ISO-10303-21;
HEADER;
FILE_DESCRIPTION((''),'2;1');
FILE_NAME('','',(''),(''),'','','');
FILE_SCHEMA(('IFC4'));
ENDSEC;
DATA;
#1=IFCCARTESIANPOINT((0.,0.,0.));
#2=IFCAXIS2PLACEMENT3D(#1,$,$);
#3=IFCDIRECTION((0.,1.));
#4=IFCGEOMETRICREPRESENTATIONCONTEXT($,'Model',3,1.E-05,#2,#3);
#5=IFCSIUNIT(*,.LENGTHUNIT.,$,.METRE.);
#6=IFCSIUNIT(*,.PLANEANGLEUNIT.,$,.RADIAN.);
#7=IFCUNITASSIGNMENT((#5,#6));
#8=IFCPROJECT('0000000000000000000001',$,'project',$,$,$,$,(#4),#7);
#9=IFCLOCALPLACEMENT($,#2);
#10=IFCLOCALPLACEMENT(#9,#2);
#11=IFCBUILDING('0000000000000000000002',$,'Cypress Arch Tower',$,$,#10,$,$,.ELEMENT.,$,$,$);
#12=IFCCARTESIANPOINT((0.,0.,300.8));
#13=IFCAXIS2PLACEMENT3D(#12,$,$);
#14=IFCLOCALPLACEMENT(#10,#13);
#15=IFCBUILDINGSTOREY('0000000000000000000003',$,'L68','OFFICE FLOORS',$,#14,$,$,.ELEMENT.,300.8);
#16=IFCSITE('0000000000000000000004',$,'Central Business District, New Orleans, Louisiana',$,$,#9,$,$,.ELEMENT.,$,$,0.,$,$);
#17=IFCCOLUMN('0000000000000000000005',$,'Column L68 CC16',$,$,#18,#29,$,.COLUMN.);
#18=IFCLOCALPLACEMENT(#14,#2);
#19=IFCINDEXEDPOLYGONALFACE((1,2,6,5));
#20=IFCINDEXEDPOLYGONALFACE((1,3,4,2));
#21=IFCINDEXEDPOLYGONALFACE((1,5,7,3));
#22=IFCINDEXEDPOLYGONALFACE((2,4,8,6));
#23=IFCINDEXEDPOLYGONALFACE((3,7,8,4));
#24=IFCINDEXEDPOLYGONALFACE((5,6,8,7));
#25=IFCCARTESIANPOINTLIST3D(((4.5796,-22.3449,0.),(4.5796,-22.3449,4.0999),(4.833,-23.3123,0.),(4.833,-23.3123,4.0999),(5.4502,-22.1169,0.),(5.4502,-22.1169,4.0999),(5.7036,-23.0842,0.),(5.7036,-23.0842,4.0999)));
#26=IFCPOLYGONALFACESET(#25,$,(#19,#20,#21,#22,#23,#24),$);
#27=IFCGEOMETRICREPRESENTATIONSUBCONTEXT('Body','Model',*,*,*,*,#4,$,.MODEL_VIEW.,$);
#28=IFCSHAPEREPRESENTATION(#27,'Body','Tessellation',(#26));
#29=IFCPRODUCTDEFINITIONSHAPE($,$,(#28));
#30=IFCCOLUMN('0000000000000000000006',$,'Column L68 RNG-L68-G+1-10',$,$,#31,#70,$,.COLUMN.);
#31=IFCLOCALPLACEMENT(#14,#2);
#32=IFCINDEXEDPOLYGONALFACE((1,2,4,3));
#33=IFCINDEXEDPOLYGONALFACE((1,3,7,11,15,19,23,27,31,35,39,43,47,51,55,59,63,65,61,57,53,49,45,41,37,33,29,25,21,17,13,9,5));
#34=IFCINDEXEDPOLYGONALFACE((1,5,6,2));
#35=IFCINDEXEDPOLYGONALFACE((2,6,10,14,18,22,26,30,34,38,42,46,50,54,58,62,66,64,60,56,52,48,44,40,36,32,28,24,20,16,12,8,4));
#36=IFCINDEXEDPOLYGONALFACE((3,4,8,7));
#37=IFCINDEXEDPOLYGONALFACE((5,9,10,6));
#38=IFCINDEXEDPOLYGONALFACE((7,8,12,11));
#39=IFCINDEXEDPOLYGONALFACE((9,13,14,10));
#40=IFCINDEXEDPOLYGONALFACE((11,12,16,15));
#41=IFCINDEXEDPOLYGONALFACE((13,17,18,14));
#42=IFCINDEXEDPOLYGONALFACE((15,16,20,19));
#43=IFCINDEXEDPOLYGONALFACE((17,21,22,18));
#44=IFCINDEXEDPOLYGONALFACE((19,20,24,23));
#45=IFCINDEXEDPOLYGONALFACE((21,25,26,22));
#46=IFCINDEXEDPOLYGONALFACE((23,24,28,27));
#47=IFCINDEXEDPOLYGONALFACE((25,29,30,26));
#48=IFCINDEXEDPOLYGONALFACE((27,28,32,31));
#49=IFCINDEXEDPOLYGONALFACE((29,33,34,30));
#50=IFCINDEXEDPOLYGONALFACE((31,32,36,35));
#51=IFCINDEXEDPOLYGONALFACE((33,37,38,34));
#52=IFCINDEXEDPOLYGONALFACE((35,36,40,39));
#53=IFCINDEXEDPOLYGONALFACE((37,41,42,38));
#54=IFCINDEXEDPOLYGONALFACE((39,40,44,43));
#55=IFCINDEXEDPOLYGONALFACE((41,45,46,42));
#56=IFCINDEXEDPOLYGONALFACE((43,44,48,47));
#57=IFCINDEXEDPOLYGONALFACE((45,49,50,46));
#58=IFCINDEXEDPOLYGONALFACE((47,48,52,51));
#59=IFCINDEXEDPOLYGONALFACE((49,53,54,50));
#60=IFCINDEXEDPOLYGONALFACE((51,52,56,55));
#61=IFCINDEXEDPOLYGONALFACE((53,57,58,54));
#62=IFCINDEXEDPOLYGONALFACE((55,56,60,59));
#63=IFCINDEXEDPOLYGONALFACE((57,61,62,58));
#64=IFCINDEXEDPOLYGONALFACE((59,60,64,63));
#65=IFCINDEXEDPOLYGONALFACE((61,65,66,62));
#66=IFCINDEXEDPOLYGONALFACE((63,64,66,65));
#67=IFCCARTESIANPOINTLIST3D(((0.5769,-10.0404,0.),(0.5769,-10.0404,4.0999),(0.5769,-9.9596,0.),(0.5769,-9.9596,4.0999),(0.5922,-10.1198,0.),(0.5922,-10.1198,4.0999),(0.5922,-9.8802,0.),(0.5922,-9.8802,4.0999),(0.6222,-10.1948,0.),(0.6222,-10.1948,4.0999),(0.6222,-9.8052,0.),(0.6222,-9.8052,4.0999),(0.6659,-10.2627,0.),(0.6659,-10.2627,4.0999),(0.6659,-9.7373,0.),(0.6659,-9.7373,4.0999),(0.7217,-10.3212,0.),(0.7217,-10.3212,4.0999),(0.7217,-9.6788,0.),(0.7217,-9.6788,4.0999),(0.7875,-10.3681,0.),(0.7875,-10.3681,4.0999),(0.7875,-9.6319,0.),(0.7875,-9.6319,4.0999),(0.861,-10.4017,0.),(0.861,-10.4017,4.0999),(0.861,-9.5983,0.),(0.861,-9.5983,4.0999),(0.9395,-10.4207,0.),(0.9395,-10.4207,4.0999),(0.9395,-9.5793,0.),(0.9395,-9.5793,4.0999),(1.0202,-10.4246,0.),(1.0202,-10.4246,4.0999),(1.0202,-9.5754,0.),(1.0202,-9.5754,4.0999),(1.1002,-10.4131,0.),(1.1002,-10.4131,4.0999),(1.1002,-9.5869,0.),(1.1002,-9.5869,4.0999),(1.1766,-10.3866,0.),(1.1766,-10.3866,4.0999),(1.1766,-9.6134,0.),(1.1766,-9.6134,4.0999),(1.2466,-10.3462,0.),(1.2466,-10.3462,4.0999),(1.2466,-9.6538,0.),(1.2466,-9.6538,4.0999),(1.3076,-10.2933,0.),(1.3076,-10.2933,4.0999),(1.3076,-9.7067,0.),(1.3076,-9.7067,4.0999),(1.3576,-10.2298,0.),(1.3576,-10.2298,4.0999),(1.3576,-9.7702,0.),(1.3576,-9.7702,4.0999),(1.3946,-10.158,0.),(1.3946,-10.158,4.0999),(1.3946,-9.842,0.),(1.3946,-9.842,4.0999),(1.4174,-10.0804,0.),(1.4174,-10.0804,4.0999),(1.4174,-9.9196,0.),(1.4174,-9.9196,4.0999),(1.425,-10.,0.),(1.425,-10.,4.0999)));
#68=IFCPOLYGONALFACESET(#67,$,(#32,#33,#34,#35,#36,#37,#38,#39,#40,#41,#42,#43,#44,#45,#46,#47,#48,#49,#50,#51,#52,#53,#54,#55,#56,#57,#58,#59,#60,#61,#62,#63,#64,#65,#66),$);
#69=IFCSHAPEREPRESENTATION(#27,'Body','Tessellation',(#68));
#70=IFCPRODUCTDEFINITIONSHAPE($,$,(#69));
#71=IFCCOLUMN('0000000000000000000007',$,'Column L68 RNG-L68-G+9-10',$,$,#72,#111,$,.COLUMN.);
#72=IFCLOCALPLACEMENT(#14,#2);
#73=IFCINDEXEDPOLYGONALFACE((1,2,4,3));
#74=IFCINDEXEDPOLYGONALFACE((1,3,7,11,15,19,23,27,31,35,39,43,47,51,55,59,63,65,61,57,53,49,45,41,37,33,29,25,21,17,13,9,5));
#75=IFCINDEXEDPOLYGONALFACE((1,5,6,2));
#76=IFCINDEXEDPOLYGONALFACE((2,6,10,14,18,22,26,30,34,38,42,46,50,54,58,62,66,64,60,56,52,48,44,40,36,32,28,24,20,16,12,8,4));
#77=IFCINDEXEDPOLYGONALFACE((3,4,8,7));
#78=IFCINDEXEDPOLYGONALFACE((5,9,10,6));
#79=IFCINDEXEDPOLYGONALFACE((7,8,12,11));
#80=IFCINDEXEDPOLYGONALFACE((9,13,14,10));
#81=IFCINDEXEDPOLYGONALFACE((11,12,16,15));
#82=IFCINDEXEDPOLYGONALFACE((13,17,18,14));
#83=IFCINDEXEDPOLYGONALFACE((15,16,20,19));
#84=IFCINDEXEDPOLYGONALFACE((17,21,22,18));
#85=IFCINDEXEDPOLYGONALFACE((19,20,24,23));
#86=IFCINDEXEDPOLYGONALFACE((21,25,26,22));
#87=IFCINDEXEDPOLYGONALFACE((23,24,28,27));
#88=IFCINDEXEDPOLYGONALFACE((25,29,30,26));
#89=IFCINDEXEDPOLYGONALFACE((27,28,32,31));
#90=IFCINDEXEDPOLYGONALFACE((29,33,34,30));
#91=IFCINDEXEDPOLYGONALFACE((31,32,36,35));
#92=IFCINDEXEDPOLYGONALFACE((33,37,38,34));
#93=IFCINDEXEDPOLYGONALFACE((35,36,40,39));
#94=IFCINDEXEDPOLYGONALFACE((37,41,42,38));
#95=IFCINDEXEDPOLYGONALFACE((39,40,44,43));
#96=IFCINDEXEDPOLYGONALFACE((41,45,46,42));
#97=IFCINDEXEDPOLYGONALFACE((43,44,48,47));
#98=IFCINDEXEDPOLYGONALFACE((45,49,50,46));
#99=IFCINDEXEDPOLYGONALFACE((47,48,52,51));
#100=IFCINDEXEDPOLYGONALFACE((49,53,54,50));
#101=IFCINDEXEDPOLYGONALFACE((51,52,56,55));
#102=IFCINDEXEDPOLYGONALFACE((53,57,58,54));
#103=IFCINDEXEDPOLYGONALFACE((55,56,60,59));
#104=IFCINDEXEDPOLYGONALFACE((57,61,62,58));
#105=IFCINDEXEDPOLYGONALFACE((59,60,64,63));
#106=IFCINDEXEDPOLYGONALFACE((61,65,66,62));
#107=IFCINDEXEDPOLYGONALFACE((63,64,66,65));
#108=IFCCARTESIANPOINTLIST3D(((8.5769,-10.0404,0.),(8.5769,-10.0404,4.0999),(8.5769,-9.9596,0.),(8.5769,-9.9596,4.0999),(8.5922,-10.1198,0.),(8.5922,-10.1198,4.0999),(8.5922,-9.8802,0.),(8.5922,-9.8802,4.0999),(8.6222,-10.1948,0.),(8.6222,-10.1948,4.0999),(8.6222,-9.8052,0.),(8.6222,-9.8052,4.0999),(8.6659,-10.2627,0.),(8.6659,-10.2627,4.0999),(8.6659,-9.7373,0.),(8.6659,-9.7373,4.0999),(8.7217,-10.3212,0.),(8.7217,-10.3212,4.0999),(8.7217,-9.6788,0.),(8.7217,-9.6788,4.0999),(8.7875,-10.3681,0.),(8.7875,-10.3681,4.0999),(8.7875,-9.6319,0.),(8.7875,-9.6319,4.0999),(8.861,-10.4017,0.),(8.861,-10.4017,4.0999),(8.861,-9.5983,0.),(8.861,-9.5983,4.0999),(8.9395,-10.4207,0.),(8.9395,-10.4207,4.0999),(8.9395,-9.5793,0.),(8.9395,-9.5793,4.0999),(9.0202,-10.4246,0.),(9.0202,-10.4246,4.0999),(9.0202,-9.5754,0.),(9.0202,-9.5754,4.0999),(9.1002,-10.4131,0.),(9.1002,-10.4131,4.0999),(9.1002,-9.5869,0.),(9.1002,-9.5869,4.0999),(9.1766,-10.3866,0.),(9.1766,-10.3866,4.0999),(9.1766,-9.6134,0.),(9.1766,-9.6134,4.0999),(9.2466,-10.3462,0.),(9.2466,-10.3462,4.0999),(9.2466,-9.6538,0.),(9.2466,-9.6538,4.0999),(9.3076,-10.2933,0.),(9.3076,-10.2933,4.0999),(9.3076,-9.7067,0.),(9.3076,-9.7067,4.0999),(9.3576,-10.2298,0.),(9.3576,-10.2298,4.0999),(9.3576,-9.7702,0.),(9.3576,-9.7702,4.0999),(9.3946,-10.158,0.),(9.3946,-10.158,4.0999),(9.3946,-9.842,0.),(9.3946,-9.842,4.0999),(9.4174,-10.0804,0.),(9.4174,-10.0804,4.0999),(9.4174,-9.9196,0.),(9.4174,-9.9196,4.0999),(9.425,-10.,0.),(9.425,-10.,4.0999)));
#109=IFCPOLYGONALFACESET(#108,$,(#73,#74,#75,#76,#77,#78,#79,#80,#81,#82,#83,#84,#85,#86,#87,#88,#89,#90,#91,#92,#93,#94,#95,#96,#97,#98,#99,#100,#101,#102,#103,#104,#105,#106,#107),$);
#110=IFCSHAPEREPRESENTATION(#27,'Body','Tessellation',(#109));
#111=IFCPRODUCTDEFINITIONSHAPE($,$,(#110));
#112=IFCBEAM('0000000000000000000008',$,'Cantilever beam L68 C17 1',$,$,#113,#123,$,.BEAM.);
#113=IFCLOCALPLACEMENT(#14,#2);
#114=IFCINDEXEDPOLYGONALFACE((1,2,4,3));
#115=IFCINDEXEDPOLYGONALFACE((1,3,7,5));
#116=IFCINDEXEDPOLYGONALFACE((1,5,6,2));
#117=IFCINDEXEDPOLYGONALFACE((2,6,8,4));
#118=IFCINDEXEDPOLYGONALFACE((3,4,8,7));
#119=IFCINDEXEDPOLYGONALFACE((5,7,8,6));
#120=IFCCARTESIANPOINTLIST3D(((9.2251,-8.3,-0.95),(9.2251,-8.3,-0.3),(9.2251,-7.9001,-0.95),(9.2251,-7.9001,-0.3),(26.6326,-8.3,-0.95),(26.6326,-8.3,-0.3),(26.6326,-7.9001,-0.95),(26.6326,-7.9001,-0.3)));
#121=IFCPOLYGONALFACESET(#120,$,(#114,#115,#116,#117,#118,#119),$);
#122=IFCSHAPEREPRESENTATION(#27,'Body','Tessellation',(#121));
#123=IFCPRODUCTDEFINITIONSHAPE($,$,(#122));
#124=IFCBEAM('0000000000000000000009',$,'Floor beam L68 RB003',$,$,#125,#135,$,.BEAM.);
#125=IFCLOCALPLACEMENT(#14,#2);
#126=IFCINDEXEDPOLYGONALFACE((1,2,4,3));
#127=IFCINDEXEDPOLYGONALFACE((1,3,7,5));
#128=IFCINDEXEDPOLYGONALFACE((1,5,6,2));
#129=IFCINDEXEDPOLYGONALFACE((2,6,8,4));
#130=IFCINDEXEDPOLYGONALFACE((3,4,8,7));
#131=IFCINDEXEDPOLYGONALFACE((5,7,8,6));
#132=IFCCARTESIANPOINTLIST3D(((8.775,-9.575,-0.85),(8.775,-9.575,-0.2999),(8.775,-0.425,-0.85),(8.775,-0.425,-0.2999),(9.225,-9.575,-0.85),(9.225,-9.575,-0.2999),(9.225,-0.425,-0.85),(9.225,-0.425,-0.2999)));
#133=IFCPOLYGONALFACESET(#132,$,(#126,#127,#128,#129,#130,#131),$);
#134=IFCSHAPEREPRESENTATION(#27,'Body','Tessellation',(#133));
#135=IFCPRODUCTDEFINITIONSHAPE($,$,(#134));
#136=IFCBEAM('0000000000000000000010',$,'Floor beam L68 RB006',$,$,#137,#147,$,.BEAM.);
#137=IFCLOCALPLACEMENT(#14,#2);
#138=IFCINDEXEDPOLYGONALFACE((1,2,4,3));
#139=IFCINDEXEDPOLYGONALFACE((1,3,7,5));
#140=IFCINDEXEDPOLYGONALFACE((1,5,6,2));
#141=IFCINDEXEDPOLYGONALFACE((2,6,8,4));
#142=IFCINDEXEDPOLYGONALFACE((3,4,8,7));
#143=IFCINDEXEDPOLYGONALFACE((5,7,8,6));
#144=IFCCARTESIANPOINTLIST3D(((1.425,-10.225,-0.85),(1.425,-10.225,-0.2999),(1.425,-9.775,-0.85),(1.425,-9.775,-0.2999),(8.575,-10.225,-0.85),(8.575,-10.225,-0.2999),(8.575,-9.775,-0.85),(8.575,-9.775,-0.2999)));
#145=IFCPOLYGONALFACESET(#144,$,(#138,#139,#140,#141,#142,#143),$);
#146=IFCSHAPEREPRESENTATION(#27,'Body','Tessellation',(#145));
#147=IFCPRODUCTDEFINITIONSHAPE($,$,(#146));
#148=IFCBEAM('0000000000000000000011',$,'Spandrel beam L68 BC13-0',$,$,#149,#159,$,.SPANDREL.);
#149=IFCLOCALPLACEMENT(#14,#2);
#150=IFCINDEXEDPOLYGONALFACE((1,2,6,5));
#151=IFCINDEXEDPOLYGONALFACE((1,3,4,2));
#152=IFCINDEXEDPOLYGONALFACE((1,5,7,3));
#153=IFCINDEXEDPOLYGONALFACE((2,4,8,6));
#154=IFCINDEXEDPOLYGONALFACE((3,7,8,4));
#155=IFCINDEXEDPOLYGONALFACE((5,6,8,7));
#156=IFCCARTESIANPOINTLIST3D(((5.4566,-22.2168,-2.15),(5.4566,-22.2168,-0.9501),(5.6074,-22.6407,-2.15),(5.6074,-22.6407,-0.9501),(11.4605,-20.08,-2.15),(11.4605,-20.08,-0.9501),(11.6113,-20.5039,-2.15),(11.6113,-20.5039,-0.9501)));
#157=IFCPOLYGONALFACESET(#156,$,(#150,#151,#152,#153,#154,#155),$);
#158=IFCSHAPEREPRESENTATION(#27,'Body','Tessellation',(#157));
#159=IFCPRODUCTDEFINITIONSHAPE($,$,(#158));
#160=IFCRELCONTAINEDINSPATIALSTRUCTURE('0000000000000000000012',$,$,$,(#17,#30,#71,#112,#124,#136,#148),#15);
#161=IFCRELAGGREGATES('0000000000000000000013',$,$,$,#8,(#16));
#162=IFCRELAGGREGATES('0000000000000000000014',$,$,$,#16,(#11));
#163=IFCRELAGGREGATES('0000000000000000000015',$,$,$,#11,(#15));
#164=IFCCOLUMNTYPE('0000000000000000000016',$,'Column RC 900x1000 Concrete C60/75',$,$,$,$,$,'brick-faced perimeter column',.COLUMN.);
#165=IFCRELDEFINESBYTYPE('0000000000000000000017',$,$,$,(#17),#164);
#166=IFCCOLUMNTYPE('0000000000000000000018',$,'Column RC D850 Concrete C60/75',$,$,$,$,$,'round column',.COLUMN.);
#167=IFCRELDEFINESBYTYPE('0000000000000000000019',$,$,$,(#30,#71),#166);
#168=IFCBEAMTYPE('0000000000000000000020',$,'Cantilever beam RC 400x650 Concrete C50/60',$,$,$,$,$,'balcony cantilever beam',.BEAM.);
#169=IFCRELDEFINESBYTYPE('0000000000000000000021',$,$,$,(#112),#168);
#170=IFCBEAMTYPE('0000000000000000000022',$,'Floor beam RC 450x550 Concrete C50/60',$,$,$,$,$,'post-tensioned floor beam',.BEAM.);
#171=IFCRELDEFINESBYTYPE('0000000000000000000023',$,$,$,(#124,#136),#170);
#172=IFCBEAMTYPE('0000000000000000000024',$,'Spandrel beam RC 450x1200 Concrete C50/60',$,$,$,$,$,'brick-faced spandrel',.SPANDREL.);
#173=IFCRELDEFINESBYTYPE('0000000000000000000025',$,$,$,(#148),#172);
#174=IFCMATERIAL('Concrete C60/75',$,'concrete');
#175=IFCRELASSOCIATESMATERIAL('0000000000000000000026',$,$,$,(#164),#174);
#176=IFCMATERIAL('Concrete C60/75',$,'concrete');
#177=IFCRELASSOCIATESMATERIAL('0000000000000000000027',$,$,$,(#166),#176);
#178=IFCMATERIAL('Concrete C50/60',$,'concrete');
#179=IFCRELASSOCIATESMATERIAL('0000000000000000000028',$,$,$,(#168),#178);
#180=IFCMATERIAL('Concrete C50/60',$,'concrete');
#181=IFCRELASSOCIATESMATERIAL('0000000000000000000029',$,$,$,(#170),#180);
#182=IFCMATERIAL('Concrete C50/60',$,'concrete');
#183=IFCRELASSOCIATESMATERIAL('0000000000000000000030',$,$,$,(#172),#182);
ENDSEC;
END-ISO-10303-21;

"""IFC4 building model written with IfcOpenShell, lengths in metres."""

from ifc_helpers import new_model, si_unit, direction, frame, origin, origin_2d, place, context, subcontext, project, spatial, rectangle, circle, extrude, material, material_profile, profile_set, type_object, element, save


model = new_model("IFC4")

# Units and contexts
model_context = context("Model", 3, precision=1e-05, world=origin(), true_north=direction((0.0, 1.0)))
body_context = subcontext(model_context, "Body", "Model", "MODEL_VIEW")
ifc_project = project(units=[si_unit("LENGTHUNIT", "METRE"), si_unit("PLANEANGLEUNIT", "RADIAN")], contexts=[model_context])

# Site, building, storey
site_placement = place(None, origin())
site = spatial("IfcSite", under=ifc_project, at=site_placement, Name="Central Business District, New Orleans, Louisiana", CompositionType="ELEMENT", RefElevation=0.0)
building_placement = place(site_placement, origin())
building = spatial("IfcBuilding", under=site, at=building_placement, Name="Cypress Arch Tower", CompositionType="ELEMENT")
storey_placement = place(building_placement, frame((0.0, 0.0, 300.8)))
storey = spatial("IfcBuildingStorey", under=building, at=storey_placement, Name="L68", Description="OFFICE FLOORS", CompositionType="ELEMENT", Elevation=300.8)

# Columns
ifc_material_1 = material(Name="Concrete C60/75", Category="concrete")
ifc_material_profile_1 = material_profile(ifc_material_1, rectangle(XDim=0.8999, YDim=1.0, at=origin_2d()), Name="RC 900x1000")
ifc_profile_set_1 = profile_set([ifc_material_profile_1], Name="Concrete C60/75")
column_type_1 = type_object("IfcColumnType", Name="Column RC 900x1000 Concrete C60/75", ElementType="brick-faced perimeter column", PredefinedType="COLUMN", material=ifc_profile_set_1)
column_placement = place(storey_placement, frame((5.1416, -22.7146, 0.0), z_axis=(0.0, 0.0, 1.0), x_axis=(0.967356, 0.253422, 0.0)))
element("IfcColumn", 1, at=column_placement, inside=storey, type_object=column_type_1, Name="Column L68 CC16", PredefinedType="COLUMN", context=body_context, shape_type="SweptSolid", body=[
    extrude(rectangle(XDim=0.8999, YDim=1.0, at=origin_2d()), origin(), (0.0, 0.0, 1.0), 4.0999),
])
ifc_material_2 = material(Name="Concrete C60/75", Category="concrete")
ifc_material_profile_2 = material_profile(ifc_material_2, circle(Radius=0.425, at=origin_2d()), Name="RC D850")
ifc_profile_set_2 = profile_set([ifc_material_profile_2], Name="Concrete C60/75")
column_type_2 = type_object("IfcColumnType", Name="Column RC D850 Concrete C60/75", ElementType="round column", PredefinedType="COLUMN", material=ifc_profile_set_2)
for number, where, z_axis, x_axis, name in (
    (2, (1.0, -10.0, 0.0), (0.0, 0.0, 1.0), (1.0, 0.0, 0.0), "Column L68 RNG-L68-G+1-10"),
    (3, (9.0, -10.0, 0.0), (0.0, 0.0, 1.0), (1.0, 0.0, 0.0), "Column L68 RNG-L68-G+9-10"),
):
    element("IfcColumn", number, at=place(storey_placement, frame(where, z_axis=z_axis, x_axis=x_axis)), inside=storey, type_object=column_type_2, Name=name, PredefinedType="COLUMN", context=body_context, shape_type="SweptSolid", body=[
        extrude(circle(Radius=0.425, at=origin_2d()), origin(), (0.0, 0.0, 1.0), 4.0999),
    ])

# Beams
ifc_material_3 = material(Name="Concrete C50/60", Category="concrete")
ifc_material_profile_3 = material_profile(ifc_material_3, rectangle(XDim=0.3999, YDim=0.6499, at=origin_2d()), Name="RC 400x650")
ifc_profile_set_3 = profile_set([ifc_material_profile_3], Name="Concrete C50/60")
beam_type_1 = type_object("IfcBeamType", Name="Cantilever beam RC 400x650 Concrete C50/60", ElementType="balcony cantilever beam", PredefinedType="BEAM", material=ifc_profile_set_3)
beam_1_placement = place(storey_placement, frame((9.2251, -8.1001, -0.625), z_axis=(1.0, 0.0, 0.0), x_axis=(0.0, 1.0, 0.0)))
element("IfcBeam", 4, at=beam_1_placement, inside=storey, type_object=beam_type_1, Name="Cantilever beam L68 C17 1", PredefinedType="BEAM", context=body_context, shape_type="SweptSolid", body=[
    extrude(rectangle(XDim=0.3999, YDim=0.6499, at=origin_2d()), origin(), (0.0, 0.0, 1.0), 17.4075),
])
ifc_material_4 = material(Name="Concrete C50/60", Category="concrete")
ifc_material_profile_4 = material_profile(ifc_material_4, rectangle(XDim=0.45, YDim=0.55, at=origin_2d()), Name="RC 450x550")
ifc_profile_set_4 = profile_set([ifc_material_profile_4], Name="Concrete C50/60")
beam_type_2 = type_object("IfcBeamType", Name="Floor beam RC 450x550 Concrete C50/60", ElementType="post-tensioned floor beam", PredefinedType="BEAM", material=ifc_profile_set_4)
beam_2_placement = place(storey_placement, frame((9.0, -9.575, -0.575), z_axis=(0.0, 1.0, 0.0), x_axis=(-1.0, 0.0, 0.0)))
element("IfcBeam", 5, at=beam_2_placement, inside=storey, type_object=beam_type_2, Name="Floor beam L68 RB003", PredefinedType="BEAM", context=body_context, shape_type="SweptSolid", body=[
    extrude(rectangle(XDim=0.45, YDim=0.55, at=origin_2d()), origin(), (0.0, 0.0, 1.0), 9.1499),
])
beam_3_placement = place(storey_placement, frame((1.425, -10.0, -0.575), z_axis=(1.0, 0.0, 0.0), x_axis=(0.0, 1.0, 0.0)))
element("IfcBeam", 6, at=beam_3_placement, inside=storey, type_object=beam_type_2, Name="Floor beam L68 RB006", PredefinedType="BEAM", context=body_context, shape_type="SweptSolid", body=[
    extrude(rectangle(XDim=0.45, YDim=0.55, at=origin_2d()), origin(), (0.0, 0.0, 1.0), 7.1499),
])
ifc_material_5 = material(Name="Concrete C50/60", Category="concrete")
ifc_material_profile_5 = material_profile(ifc_material_5, rectangle(XDim=0.45, YDim=1.2, at=origin_2d()), Name="RC 450x1200")
ifc_profile_set_5 = profile_set([ifc_material_profile_5], Name="Concrete C50/60")
beam_type_3 = type_object("IfcBeamType", Name="Spandrel beam RC 450x1200 Concrete C50/60", ElementType="brick-faced spandrel", PredefinedType="SPANDREL", material=ifc_profile_set_5)
beam_4_placement = place(storey_placement, frame((5.532, -22.4287, -1.55), z_axis=(0.942116, 0.335288, 0.0), x_axis=(-0.335288, 0.942116, 0.0)))
element("IfcBeam", 7, at=beam_4_placement, inside=storey, type_object=beam_type_3, Name="Spandrel beam L68 BC13-0", PredefinedType="SPANDREL", context=body_context, shape_type="SweptSolid", body=[
    extrude(rectangle(XDim=0.45, YDim=1.2, at=origin_2d()), origin(), (0.0, 0.0, 1.0), 6.3728),
])

save(model, "model.ifc")
